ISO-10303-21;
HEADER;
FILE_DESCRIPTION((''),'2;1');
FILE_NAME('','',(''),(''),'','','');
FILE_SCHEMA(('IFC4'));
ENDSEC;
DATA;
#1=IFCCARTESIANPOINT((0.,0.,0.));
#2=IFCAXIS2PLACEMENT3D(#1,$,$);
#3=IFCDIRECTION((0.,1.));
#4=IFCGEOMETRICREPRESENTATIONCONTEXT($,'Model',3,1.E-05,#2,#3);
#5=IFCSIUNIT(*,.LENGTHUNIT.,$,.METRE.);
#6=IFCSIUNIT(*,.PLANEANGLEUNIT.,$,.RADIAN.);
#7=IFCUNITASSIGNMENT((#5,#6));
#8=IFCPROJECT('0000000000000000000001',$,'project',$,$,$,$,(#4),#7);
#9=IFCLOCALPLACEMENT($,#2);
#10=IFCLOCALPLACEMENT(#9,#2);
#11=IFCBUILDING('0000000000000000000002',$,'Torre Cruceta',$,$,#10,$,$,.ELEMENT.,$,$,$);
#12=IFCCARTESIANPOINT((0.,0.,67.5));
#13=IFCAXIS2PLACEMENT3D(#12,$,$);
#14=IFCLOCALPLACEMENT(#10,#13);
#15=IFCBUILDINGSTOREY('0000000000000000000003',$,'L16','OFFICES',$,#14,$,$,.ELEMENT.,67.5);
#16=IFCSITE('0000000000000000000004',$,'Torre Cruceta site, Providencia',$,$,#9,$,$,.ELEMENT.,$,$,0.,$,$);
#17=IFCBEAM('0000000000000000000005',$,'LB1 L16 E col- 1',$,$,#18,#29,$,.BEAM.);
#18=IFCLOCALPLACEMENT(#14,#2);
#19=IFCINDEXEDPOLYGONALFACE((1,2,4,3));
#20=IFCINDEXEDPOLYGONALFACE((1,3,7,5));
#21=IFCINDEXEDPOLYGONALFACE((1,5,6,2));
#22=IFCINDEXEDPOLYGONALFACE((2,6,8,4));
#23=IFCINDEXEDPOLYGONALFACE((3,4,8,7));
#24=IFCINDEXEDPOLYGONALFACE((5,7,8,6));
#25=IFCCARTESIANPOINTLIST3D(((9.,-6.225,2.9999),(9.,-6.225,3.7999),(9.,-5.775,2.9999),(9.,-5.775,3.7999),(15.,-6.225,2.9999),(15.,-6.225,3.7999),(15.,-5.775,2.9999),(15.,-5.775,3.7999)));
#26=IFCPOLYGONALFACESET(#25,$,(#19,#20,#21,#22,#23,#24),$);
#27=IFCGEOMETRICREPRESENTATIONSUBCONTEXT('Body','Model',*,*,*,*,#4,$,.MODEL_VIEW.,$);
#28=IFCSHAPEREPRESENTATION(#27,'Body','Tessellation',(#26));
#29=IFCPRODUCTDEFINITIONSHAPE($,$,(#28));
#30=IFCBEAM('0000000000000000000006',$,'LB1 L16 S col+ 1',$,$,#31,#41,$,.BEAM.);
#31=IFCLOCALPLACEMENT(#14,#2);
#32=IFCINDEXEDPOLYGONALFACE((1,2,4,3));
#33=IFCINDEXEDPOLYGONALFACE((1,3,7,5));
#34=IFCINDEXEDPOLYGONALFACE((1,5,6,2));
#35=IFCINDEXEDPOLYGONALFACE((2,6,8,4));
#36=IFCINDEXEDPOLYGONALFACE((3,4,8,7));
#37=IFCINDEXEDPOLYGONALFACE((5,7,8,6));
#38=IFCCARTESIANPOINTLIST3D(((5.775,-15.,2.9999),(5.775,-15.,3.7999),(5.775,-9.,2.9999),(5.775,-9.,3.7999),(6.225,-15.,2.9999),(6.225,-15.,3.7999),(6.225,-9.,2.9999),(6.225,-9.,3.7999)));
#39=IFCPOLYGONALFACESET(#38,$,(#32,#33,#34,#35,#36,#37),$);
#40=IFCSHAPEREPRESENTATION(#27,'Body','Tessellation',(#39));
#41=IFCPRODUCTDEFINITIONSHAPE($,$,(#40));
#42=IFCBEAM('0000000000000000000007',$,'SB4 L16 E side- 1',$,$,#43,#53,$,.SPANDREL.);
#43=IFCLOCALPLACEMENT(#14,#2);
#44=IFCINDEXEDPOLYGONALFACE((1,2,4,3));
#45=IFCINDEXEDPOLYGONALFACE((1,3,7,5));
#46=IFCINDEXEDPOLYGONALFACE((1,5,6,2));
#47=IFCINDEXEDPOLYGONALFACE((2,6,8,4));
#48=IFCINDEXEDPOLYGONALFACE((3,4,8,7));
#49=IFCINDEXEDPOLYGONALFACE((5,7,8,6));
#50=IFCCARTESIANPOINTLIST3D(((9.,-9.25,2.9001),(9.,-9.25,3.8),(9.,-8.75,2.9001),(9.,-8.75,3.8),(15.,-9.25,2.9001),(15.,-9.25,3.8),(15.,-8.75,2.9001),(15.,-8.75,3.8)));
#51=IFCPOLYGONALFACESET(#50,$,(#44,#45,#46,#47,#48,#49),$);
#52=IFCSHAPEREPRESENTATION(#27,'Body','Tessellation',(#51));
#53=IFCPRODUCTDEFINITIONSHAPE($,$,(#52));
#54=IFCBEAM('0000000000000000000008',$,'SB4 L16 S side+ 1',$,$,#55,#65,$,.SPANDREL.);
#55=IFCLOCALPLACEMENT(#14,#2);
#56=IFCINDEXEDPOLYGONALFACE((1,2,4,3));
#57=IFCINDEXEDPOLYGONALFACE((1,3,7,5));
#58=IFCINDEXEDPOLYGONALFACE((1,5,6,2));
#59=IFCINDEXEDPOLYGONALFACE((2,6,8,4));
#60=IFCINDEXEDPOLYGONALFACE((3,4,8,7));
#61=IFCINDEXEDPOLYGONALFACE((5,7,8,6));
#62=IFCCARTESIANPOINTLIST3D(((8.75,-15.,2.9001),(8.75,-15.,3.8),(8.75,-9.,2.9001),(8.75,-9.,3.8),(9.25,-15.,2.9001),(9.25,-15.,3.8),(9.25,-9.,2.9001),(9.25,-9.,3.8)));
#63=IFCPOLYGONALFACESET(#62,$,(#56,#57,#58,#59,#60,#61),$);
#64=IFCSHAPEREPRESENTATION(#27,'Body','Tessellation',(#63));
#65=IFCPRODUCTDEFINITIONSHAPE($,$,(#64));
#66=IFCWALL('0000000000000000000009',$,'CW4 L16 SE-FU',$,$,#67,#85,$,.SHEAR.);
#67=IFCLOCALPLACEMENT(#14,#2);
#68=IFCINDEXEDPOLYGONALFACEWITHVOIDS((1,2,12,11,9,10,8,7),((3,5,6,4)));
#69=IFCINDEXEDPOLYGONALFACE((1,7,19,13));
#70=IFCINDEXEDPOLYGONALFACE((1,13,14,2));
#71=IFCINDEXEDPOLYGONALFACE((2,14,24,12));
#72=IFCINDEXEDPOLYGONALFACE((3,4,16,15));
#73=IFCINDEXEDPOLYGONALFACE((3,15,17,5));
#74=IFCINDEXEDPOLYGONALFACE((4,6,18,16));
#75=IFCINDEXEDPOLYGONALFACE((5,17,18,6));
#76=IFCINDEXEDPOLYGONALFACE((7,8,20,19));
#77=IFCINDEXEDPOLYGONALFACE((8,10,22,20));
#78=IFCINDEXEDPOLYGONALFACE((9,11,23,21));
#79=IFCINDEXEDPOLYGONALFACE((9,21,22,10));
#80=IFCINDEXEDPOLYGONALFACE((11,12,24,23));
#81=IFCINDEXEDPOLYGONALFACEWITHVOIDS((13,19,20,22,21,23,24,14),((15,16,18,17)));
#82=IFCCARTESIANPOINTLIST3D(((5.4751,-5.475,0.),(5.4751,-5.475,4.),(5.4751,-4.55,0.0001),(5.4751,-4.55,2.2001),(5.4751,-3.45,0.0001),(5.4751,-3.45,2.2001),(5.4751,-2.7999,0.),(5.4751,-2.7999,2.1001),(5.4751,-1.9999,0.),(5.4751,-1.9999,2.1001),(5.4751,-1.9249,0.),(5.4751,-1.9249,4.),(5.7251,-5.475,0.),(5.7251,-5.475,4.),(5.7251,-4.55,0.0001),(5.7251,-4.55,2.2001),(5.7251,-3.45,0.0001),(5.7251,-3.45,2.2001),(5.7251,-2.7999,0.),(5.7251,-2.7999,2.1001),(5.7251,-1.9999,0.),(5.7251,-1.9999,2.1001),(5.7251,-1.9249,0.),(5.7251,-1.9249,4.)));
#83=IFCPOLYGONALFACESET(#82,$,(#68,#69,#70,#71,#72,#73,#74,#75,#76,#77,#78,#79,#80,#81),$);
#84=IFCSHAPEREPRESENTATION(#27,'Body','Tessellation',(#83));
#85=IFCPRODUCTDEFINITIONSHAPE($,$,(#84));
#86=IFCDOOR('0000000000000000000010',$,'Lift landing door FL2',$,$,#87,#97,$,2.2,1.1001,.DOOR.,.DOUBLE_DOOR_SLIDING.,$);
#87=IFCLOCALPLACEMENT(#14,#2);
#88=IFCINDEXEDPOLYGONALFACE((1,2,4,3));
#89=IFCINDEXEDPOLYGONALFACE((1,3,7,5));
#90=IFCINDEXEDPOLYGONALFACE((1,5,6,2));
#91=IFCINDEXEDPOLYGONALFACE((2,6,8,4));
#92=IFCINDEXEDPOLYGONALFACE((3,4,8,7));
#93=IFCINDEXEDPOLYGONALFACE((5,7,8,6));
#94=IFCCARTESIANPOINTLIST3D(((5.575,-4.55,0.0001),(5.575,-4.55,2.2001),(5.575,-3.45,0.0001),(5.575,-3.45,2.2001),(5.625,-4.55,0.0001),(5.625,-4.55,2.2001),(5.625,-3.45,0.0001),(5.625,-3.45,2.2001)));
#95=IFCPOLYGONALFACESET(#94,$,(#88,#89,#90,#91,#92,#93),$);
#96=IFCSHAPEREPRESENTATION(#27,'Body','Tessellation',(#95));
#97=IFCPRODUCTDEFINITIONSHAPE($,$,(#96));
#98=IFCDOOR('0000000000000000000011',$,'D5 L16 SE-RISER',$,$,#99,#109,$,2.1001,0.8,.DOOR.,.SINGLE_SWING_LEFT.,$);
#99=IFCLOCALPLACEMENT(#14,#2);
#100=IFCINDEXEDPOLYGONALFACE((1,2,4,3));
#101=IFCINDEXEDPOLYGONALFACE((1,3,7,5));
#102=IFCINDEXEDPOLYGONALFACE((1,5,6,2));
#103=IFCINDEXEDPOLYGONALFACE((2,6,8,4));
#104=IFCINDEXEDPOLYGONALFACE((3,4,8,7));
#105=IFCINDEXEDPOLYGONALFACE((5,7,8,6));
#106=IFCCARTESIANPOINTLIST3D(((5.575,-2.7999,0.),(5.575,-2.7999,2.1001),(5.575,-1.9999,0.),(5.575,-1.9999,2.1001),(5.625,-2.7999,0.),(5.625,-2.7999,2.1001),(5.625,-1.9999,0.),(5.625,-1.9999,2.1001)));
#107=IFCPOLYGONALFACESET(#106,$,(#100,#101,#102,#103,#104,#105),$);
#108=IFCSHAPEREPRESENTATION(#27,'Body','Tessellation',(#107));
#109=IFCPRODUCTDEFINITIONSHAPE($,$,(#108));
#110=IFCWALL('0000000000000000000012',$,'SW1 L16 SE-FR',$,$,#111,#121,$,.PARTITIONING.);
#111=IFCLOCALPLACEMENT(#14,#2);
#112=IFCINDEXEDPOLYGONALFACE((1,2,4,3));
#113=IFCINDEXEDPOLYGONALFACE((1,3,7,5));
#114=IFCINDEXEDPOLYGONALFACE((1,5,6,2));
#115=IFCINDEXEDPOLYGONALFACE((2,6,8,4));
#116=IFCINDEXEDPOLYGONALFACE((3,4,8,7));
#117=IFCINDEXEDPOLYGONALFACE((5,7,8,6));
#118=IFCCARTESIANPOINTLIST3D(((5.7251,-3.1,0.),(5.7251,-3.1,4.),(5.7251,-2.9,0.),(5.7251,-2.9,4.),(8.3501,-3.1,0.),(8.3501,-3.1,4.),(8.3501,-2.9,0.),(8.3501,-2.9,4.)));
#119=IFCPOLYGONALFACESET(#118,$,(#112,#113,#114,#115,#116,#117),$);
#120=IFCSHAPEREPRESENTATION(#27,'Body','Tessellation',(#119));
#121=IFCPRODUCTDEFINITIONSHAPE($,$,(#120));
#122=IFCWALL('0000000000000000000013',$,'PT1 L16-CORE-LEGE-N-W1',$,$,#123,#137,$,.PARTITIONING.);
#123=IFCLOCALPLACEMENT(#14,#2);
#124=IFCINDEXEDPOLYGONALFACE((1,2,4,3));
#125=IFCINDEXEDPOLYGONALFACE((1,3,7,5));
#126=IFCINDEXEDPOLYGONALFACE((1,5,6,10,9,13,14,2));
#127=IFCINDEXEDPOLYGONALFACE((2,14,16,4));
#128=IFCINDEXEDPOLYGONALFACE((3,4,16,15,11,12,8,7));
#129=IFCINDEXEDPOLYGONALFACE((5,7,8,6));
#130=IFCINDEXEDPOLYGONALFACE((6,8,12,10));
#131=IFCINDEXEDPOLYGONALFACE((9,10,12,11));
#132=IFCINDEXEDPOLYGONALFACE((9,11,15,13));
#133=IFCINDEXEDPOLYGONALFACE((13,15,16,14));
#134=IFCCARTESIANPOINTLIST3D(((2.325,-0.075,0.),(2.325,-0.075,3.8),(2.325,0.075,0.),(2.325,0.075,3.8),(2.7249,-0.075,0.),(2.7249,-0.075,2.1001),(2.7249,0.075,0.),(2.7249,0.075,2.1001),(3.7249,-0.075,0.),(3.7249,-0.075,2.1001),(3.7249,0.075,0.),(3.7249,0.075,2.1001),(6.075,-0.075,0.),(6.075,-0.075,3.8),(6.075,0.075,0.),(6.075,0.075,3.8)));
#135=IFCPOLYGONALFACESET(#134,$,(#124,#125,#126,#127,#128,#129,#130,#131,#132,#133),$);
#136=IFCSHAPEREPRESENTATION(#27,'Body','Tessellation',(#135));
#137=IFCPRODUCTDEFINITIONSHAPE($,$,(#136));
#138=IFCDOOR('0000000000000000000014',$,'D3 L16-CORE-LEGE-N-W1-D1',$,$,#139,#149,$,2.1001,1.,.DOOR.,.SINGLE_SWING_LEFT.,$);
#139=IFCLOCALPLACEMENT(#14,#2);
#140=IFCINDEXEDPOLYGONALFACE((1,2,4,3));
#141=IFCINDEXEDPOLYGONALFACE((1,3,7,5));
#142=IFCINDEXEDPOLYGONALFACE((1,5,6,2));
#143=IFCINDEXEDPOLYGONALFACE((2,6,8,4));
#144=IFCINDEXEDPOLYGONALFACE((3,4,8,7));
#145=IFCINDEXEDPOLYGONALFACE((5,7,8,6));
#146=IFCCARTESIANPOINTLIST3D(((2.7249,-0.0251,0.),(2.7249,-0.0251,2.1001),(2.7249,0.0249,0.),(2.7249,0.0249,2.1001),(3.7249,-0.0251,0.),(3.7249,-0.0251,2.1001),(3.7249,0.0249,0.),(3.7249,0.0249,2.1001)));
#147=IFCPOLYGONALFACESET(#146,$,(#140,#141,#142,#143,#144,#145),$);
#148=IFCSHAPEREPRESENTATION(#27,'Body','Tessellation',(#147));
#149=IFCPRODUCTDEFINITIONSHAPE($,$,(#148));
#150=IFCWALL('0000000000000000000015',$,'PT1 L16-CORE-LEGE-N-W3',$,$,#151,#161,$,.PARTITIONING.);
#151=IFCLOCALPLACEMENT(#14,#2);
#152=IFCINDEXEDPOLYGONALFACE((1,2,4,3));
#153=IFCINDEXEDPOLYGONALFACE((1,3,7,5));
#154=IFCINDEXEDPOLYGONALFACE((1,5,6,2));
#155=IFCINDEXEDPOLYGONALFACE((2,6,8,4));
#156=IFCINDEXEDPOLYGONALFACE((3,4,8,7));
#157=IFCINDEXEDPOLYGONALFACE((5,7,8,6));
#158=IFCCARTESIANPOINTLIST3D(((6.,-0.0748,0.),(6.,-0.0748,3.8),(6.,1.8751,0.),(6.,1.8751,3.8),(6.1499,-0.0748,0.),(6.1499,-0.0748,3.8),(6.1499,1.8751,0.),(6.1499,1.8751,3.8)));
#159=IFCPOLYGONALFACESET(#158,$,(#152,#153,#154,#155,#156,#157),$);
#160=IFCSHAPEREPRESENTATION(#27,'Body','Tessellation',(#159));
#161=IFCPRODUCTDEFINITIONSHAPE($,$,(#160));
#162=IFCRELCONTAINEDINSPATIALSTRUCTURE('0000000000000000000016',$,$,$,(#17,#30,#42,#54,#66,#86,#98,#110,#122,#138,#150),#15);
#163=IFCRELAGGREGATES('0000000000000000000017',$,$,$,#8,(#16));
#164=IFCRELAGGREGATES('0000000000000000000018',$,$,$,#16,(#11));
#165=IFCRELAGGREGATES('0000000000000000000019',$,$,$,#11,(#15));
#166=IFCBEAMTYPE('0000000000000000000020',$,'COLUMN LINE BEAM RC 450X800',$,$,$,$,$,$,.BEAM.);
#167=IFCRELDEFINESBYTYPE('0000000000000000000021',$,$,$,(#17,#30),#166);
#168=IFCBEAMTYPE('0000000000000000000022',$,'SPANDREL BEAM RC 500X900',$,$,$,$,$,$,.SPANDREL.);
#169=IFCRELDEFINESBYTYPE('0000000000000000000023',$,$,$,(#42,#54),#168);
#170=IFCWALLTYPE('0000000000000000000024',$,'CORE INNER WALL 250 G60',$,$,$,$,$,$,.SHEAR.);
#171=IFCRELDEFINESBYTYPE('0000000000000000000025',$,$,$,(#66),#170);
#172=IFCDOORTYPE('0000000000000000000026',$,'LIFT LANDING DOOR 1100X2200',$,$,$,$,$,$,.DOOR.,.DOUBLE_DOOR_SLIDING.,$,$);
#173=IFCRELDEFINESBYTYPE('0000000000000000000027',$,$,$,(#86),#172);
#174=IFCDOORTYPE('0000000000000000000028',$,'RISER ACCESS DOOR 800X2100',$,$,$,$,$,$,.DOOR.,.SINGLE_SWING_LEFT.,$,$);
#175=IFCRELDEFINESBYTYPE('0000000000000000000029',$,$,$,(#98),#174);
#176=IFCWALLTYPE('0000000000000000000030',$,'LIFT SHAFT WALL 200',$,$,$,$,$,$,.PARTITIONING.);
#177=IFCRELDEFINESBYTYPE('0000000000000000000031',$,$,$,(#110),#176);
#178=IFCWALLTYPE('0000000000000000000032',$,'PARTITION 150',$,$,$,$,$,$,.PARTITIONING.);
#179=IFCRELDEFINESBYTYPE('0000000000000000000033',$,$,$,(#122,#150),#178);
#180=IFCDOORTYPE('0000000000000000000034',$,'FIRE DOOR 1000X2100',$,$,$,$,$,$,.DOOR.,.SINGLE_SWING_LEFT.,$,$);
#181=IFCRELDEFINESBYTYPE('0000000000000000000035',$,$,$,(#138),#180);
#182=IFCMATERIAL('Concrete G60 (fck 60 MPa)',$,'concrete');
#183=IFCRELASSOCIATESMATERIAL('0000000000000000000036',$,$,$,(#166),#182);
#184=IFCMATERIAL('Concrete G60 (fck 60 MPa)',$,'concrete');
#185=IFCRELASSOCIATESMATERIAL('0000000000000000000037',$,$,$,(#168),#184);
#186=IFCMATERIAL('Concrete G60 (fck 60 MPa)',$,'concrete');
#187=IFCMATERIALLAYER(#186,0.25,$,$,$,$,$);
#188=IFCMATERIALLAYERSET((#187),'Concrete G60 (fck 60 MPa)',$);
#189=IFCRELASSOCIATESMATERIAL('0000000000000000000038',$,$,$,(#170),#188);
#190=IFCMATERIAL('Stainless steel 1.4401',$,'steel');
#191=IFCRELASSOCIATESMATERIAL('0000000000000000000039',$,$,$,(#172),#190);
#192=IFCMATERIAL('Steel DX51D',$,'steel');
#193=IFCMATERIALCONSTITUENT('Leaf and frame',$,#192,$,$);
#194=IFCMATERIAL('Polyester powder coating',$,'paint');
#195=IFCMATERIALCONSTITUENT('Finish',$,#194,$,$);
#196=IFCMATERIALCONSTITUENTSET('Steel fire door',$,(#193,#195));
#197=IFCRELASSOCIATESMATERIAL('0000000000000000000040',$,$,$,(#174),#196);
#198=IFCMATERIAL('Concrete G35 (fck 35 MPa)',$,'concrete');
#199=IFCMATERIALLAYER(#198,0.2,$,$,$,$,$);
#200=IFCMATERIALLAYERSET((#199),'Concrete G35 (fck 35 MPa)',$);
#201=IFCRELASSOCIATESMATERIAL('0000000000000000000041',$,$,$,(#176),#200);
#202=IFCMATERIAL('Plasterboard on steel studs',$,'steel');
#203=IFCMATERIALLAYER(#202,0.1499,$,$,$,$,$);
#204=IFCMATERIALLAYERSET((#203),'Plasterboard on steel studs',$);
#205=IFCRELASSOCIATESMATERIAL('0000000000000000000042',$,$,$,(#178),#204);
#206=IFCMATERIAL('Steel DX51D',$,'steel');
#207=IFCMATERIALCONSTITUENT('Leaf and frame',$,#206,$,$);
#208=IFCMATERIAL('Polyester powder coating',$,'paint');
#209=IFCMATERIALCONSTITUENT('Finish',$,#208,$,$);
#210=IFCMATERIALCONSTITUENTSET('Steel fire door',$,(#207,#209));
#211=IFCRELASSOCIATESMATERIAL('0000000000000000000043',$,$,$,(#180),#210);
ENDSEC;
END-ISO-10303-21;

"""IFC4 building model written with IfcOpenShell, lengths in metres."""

from ifc_helpers import new_model, si_unit, direction, frame, frame_2d, origin, origin_2d, place, context, subcontext, project, spatial, rectangle, extrude, material, layer, layer_set, constituent, constituent_set, material_profile, profile_set, type_object, element, fill, save


model = new_model("IFC4")

# Units and contexts
model_context = context("Model", 3, precision=1e-05, world=origin(), true_north=direction((0.0, 1.0)))
body_context = subcontext(model_context, "Body", "Model", "MODEL_VIEW")
ifc_project = project(units=[si_unit("LENGTHUNIT", "METRE"), si_unit("PLANEANGLEUNIT", "RADIAN")], contexts=[model_context])

# Site, building, storey
site_placement = place(None, origin())
site = spatial("IfcSite", under=ifc_project, at=site_placement, Name="Torre Cruceta site, Providencia", CompositionType="ELEMENT", RefElevation=0.0)
building_placement = place(site_placement, origin())
building = spatial("IfcBuilding", under=site, at=building_placement, Name="Torre Cruceta", CompositionType="ELEMENT")
storey_placement = place(building_placement, frame((0.0, 0.0, 67.5)))
storey = spatial("IfcBuildingStorey", under=building, at=storey_placement, Name="L16", Description="OFFICES", CompositionType="ELEMENT", Elevation=67.5)

# Beams
ifc_material_1 = material(Name="Concrete G60 (fck 60 MPa)", Category="concrete")
ifc_material_profile_1 = material_profile(ifc_material_1, rectangle(XDim=0.45, YDim=0.8, at=origin_2d()), Name="RC 450X800")
ifc_profile_set_1 = profile_set([ifc_material_profile_1], Name="Concrete G60 (fck 60 MPa)")
beam_type_1 = type_object("IfcBeamType", Name="COLUMN LINE BEAM RC 450X800", PredefinedType="BEAM", material=ifc_profile_set_1)
for number, where, z_axis, x_axis, name in (
    (1, (9.0, -6.0, 3.3999), (1.0, 0.0, 0.0), (0.0, 1.0, 0.0), "LB1 L16 E col- 1"),
    (2, (6.0, -9.0, 3.3999), (0.0, -1.0, 0.0), (1.0, 0.0, 0.0), "LB1 L16 S col+ 1"),
):
    element("IfcBeam", number, at=place(storey_placement, frame(where, z_axis=z_axis, x_axis=x_axis)), inside=storey, type_object=beam_type_1, Name=name, PredefinedType="BEAM", context=body_context, shape_type="SweptSolid", body=[
        extrude(rectangle(XDim=0.45, YDim=0.8, at=origin_2d()), origin(), (0.0, 0.0, 1.0), 6.0),
    ])
ifc_material_2 = material(Name="Concrete G60 (fck 60 MPa)", Category="concrete")
ifc_material_profile_2 = material_profile(ifc_material_2, rectangle(XDim=0.5, YDim=0.8999, at=origin_2d()), Name="RC 500X900")
ifc_profile_set_2 = profile_set([ifc_material_profile_2], Name="Concrete G60 (fck 60 MPa)")
beam_type_2 = type_object("IfcBeamType", Name="SPANDREL BEAM RC 500X900", PredefinedType="SPANDREL", material=ifc_profile_set_2)
for number, where, z_axis, x_axis, name in (
    (3, (9.0, -9.0, 3.3501), (1.0, 0.0, 0.0), (0.0, 1.0, 0.0), "SB4 L16 E side- 1"),
    (4, (9.0, -9.0, 3.3501), (0.0, -1.0, 0.0), (1.0, 0.0, 0.0), "SB4 L16 S side+ 1"),
):
    element("IfcBeam", number, at=place(storey_placement, frame(where, z_axis=z_axis, x_axis=x_axis)), inside=storey, type_object=beam_type_2, Name=name, PredefinedType="SPANDREL", context=body_context, shape_type="SweptSolid", body=[
        extrude(rectangle(XDim=0.5, YDim=0.8999, at=origin_2d()), origin(), (0.0, 0.0, 1.0), 6.0),
    ])

# Wall, openings, doors
ifc_material_3 = material(Name="Concrete G60 (fck 60 MPa)", Category="concrete")
ifc_layer_1 = layer(ifc_material_3, 0.25)
ifc_layer_set_1 = layer_set([ifc_layer_1], Name="Concrete G60 (fck 60 MPa)")
wall_type_1 = type_object("IfcWallType", Name="CORE INNER WALL 250 G60", PredefinedType="SHEAR", material=ifc_layer_set_1)
wall_1_placement = place(storey_placement, frame((5.6001, -1.925, 0.0), z_axis=(0.0, 0.0, 1.0), x_axis=(0.0, -1.0, 0.0)))
wall_1 = element("IfcWall", 5, at=wall_1_placement, inside=storey, type_object=wall_type_1, Name="CW4 L16 SE-FU", PredefinedType="SHEAR", context=body_context, shape_type="SweptSolid", body=[
    extrude(rectangle(XDim=3.55, YDim=0.25, at=frame_2d((1.7749, 0.0))), origin(), (0.0, 0.0, 1.0), 4.0),
])
opening_1_placement = place(wall_1_placement, frame((1.5249, 0.0, 0.0)))
opening_1 = element("IfcOpeningElement", 6, at=opening_1_placement, cuts=wall_1, PredefinedType="OPENING", context=body_context, shape_type="SweptSolid", body=[
    extrude(rectangle(XDim=1.1001, YDim=2.2, at=frame_2d((0.55, 1.1001))), frame((0.0, 0.135, 0.0), z_axis=(0.0, -1.0, 0.0), x_axis=(1.0, 0.0, 0.0)), (0.0, 0.0, 1.0), 0.27),
])
opening_2_placement = place(wall_1_placement, frame((0.075, 0.0, 0.0)))
opening_2 = element("IfcOpeningElement", 7, at=opening_2_placement, cuts=wall_1, PredefinedType="OPENING", context=body_context, shape_type="SweptSolid", body=[
    extrude(rectangle(XDim=0.8, YDim=2.1001, at=frame_2d((0.3999, 1.05))), frame((0.0, 0.135, 0.0), z_axis=(0.0, -1.0, 0.0), x_axis=(1.0, 0.0, 0.0)), (0.0, 0.0, 1.0), 0.27),
])
ifc_material_4 = material(Name="Stainless steel 1.4401", Category="steel")
door_type_1 = type_object("IfcDoorType", Name="LIFT LANDING DOOR 1100X2200", OperationType="DOUBLE_DOOR_SLIDING", PredefinedType="DOOR", material=ifc_material_4)
door_1_placement = place(opening_1_placement, origin())
door_1 = element("IfcDoor", 8, at=door_1_placement, inside=storey, type_object=door_type_1, Name="Lift landing door FL2", OperationType="DOUBLE_DOOR_SLIDING", OverallHeight=2.2, OverallWidth=1.1001, PredefinedType="DOOR", context=body_context, shape_type="SweptSolid", body=[
    extrude(rectangle(XDim=1.1001, YDim=2.2, at=frame_2d((0.55, 1.1001))), frame((0.0, 0.0249, 0.0), z_axis=(0.0, -1.0, 0.0), x_axis=(1.0, 0.0, 0.0)), (0.0, 0.0, 1.0), 0.05),
])
fill(opening_1, door_1)
ifc_material_5 = material(Name="Steel DX51D", Category="steel")
ifc_constituent_1 = constituent(ifc_material_5, Name="Leaf and frame")
ifc_material_6 = material(Name="Polyester powder coating", Category="paint")
ifc_constituent_2 = constituent(ifc_material_6, Name="Finish")
ifc_constituent_set_1 = constituent_set(constituents=[ifc_constituent_1, ifc_constituent_2], Name="Steel fire door")
door_type_2 = type_object("IfcDoorType", Name="RISER ACCESS DOOR 800X2100", OperationType="SINGLE_SWING_LEFT", PredefinedType="DOOR", material=ifc_constituent_set_1)
door_2_placement = place(opening_2_placement, origin())
door_2 = element("IfcDoor", 9, at=door_2_placement, inside=storey, type_object=door_type_2, Name="D5 L16 SE-RISER", OperationType="SINGLE_SWING_LEFT", OverallHeight=2.1001, OverallWidth=0.8, PredefinedType="DOOR", context=body_context, shape_type="SweptSolid", body=[
    extrude(rectangle(XDim=0.8, YDim=2.1001, at=frame_2d((0.3999, 1.05))), frame((0.0, 0.0249, 0.0), z_axis=(0.0, -1.0, 0.0), x_axis=(1.0, 0.0, 0.0)), (0.0, 0.0, 1.0), 0.05),
])
fill(opening_2, door_2)

# Wall
ifc_material_7 = material(Name="Concrete G35 (fck 35 MPa)", Category="concrete")
ifc_layer_2 = layer(ifc_material_7, 0.2)
ifc_layer_set_2 = layer_set([ifc_layer_2], Name="Concrete G35 (fck 35 MPa)")
wall_type_2 = type_object("IfcWallType", Name="LIFT SHAFT WALL 200", PredefinedType="PARTITIONING", material=ifc_layer_set_2)
wall_2_placement = place(storey_placement, frame((5.7251, -3.0, 0.0), z_axis=(0.0, 0.0, 1.0), x_axis=(1.0, 0.0, 0.0)))
element("IfcWall", 10, at=wall_2_placement, inside=storey, type_object=wall_type_2, Name="SW1 L16 SE-FR", PredefinedType="PARTITIONING", context=body_context, shape_type="SweptSolid", body=[
    extrude(rectangle(XDim=2.625, YDim=0.2, at=frame_2d((1.3125, 0.0))), origin(), (0.0, 0.0, 1.0), 4.0),
])

# Wall, opening, door
ifc_material_8 = material(Name="Plasterboard on steel studs", Category="steel")
ifc_layer_3 = layer(ifc_material_8, 0.1499)
ifc_layer_set_3 = layer_set([ifc_layer_3], Name="Plasterboard on steel studs")
wall_type_3 = type_object("IfcWallType", Name="PARTITION 150", PredefinedType="PARTITIONING", material=ifc_layer_set_3)
wall_3_placement = place(storey_placement, frame((2.325, 0.0, 0.0), z_axis=(0.0, 0.0, 1.0), x_axis=(1.0, 0.0, 0.0)))
wall_3 = element("IfcWall", 11, at=wall_3_placement, inside=storey, type_object=wall_type_3, Name="PT1 L16-CORE-LEGE-N-W1", PredefinedType="PARTITIONING", context=body_context, shape_type="SweptSolid", body=[
    extrude(rectangle(XDim=3.75, YDim=0.1499, at=frame_2d((1.875, 0.0))), origin(), (0.0, 0.0, 1.0), 3.8),
])
opening_3_placement = place(wall_3_placement, frame((0.3999, 0.0, 0.0)))
opening_3 = element("IfcOpeningElement", 12, at=opening_3_placement, cuts=wall_3, PredefinedType="OPENING", context=body_context, shape_type="SweptSolid", body=[
    extrude(rectangle(XDim=1.0, YDim=2.1001, at=frame_2d((0.5, 1.05))), frame((0.0, 0.085, 0.0), z_axis=(0.0, -1.0, 0.0), x_axis=(1.0, 0.0, 0.0)), (0.0, 0.0, 1.0), 0.1699),
])
ifc_material_9 = material(Name="Steel DX51D", Category="steel")
ifc_constituent_3 = constituent(ifc_material_9, Name="Leaf and frame")
ifc_material_10 = material(Name="Polyester powder coating", Category="paint")
ifc_constituent_4 = constituent(ifc_material_10, Name="Finish")
ifc_constituent_set_2 = constituent_set(constituents=[ifc_constituent_3, ifc_constituent_4], Name="Steel fire door")
door_type_3 = type_object("IfcDoorType", Name="FIRE DOOR 1000X2100", OperationType="SINGLE_SWING_LEFT", PredefinedType="DOOR", material=ifc_constituent_set_2)
door_3_placement = place(opening_3_placement, origin())
door_3 = element("IfcDoor", 13, at=door_3_placement, inside=storey, type_object=door_type_3, Name="D3 L16-CORE-LEGE-N-W1-D1", OperationType="SINGLE_SWING_LEFT", OverallHeight=2.1001, OverallWidth=1.0, PredefinedType="DOOR", context=body_context, shape_type="SweptSolid", body=[
    extrude(rectangle(XDim=1.0, YDim=2.1001, at=frame_2d((0.5, 1.05))), frame((0.0, 0.0249, 0.0), z_axis=(0.0, -1.0, 0.0), x_axis=(1.0, 0.0, 0.0)), (0.0, 0.0, 1.0), 0.05),
])
fill(opening_3, door_3)

# Wall
wall_4_placement = place(storey_placement, frame((6.075, -0.075, 0.0), z_axis=(0.0, 0.0, 1.0), x_axis=(0.0, 1.0, 0.0)))
element("IfcWall", 14, at=wall_4_placement, inside=storey, type_object=wall_type_3, Name="PT1 L16-CORE-LEGE-N-W3", PredefinedType="PARTITIONING", context=body_context, shape_type="SweptSolid", body=[
    extrude(rectangle(XDim=1.95, YDim=0.1499, at=frame_2d((0.9751, 0.0))), origin(), (0.0, 0.0, 1.0), 3.8),
])

save(model, "model.ifc")
